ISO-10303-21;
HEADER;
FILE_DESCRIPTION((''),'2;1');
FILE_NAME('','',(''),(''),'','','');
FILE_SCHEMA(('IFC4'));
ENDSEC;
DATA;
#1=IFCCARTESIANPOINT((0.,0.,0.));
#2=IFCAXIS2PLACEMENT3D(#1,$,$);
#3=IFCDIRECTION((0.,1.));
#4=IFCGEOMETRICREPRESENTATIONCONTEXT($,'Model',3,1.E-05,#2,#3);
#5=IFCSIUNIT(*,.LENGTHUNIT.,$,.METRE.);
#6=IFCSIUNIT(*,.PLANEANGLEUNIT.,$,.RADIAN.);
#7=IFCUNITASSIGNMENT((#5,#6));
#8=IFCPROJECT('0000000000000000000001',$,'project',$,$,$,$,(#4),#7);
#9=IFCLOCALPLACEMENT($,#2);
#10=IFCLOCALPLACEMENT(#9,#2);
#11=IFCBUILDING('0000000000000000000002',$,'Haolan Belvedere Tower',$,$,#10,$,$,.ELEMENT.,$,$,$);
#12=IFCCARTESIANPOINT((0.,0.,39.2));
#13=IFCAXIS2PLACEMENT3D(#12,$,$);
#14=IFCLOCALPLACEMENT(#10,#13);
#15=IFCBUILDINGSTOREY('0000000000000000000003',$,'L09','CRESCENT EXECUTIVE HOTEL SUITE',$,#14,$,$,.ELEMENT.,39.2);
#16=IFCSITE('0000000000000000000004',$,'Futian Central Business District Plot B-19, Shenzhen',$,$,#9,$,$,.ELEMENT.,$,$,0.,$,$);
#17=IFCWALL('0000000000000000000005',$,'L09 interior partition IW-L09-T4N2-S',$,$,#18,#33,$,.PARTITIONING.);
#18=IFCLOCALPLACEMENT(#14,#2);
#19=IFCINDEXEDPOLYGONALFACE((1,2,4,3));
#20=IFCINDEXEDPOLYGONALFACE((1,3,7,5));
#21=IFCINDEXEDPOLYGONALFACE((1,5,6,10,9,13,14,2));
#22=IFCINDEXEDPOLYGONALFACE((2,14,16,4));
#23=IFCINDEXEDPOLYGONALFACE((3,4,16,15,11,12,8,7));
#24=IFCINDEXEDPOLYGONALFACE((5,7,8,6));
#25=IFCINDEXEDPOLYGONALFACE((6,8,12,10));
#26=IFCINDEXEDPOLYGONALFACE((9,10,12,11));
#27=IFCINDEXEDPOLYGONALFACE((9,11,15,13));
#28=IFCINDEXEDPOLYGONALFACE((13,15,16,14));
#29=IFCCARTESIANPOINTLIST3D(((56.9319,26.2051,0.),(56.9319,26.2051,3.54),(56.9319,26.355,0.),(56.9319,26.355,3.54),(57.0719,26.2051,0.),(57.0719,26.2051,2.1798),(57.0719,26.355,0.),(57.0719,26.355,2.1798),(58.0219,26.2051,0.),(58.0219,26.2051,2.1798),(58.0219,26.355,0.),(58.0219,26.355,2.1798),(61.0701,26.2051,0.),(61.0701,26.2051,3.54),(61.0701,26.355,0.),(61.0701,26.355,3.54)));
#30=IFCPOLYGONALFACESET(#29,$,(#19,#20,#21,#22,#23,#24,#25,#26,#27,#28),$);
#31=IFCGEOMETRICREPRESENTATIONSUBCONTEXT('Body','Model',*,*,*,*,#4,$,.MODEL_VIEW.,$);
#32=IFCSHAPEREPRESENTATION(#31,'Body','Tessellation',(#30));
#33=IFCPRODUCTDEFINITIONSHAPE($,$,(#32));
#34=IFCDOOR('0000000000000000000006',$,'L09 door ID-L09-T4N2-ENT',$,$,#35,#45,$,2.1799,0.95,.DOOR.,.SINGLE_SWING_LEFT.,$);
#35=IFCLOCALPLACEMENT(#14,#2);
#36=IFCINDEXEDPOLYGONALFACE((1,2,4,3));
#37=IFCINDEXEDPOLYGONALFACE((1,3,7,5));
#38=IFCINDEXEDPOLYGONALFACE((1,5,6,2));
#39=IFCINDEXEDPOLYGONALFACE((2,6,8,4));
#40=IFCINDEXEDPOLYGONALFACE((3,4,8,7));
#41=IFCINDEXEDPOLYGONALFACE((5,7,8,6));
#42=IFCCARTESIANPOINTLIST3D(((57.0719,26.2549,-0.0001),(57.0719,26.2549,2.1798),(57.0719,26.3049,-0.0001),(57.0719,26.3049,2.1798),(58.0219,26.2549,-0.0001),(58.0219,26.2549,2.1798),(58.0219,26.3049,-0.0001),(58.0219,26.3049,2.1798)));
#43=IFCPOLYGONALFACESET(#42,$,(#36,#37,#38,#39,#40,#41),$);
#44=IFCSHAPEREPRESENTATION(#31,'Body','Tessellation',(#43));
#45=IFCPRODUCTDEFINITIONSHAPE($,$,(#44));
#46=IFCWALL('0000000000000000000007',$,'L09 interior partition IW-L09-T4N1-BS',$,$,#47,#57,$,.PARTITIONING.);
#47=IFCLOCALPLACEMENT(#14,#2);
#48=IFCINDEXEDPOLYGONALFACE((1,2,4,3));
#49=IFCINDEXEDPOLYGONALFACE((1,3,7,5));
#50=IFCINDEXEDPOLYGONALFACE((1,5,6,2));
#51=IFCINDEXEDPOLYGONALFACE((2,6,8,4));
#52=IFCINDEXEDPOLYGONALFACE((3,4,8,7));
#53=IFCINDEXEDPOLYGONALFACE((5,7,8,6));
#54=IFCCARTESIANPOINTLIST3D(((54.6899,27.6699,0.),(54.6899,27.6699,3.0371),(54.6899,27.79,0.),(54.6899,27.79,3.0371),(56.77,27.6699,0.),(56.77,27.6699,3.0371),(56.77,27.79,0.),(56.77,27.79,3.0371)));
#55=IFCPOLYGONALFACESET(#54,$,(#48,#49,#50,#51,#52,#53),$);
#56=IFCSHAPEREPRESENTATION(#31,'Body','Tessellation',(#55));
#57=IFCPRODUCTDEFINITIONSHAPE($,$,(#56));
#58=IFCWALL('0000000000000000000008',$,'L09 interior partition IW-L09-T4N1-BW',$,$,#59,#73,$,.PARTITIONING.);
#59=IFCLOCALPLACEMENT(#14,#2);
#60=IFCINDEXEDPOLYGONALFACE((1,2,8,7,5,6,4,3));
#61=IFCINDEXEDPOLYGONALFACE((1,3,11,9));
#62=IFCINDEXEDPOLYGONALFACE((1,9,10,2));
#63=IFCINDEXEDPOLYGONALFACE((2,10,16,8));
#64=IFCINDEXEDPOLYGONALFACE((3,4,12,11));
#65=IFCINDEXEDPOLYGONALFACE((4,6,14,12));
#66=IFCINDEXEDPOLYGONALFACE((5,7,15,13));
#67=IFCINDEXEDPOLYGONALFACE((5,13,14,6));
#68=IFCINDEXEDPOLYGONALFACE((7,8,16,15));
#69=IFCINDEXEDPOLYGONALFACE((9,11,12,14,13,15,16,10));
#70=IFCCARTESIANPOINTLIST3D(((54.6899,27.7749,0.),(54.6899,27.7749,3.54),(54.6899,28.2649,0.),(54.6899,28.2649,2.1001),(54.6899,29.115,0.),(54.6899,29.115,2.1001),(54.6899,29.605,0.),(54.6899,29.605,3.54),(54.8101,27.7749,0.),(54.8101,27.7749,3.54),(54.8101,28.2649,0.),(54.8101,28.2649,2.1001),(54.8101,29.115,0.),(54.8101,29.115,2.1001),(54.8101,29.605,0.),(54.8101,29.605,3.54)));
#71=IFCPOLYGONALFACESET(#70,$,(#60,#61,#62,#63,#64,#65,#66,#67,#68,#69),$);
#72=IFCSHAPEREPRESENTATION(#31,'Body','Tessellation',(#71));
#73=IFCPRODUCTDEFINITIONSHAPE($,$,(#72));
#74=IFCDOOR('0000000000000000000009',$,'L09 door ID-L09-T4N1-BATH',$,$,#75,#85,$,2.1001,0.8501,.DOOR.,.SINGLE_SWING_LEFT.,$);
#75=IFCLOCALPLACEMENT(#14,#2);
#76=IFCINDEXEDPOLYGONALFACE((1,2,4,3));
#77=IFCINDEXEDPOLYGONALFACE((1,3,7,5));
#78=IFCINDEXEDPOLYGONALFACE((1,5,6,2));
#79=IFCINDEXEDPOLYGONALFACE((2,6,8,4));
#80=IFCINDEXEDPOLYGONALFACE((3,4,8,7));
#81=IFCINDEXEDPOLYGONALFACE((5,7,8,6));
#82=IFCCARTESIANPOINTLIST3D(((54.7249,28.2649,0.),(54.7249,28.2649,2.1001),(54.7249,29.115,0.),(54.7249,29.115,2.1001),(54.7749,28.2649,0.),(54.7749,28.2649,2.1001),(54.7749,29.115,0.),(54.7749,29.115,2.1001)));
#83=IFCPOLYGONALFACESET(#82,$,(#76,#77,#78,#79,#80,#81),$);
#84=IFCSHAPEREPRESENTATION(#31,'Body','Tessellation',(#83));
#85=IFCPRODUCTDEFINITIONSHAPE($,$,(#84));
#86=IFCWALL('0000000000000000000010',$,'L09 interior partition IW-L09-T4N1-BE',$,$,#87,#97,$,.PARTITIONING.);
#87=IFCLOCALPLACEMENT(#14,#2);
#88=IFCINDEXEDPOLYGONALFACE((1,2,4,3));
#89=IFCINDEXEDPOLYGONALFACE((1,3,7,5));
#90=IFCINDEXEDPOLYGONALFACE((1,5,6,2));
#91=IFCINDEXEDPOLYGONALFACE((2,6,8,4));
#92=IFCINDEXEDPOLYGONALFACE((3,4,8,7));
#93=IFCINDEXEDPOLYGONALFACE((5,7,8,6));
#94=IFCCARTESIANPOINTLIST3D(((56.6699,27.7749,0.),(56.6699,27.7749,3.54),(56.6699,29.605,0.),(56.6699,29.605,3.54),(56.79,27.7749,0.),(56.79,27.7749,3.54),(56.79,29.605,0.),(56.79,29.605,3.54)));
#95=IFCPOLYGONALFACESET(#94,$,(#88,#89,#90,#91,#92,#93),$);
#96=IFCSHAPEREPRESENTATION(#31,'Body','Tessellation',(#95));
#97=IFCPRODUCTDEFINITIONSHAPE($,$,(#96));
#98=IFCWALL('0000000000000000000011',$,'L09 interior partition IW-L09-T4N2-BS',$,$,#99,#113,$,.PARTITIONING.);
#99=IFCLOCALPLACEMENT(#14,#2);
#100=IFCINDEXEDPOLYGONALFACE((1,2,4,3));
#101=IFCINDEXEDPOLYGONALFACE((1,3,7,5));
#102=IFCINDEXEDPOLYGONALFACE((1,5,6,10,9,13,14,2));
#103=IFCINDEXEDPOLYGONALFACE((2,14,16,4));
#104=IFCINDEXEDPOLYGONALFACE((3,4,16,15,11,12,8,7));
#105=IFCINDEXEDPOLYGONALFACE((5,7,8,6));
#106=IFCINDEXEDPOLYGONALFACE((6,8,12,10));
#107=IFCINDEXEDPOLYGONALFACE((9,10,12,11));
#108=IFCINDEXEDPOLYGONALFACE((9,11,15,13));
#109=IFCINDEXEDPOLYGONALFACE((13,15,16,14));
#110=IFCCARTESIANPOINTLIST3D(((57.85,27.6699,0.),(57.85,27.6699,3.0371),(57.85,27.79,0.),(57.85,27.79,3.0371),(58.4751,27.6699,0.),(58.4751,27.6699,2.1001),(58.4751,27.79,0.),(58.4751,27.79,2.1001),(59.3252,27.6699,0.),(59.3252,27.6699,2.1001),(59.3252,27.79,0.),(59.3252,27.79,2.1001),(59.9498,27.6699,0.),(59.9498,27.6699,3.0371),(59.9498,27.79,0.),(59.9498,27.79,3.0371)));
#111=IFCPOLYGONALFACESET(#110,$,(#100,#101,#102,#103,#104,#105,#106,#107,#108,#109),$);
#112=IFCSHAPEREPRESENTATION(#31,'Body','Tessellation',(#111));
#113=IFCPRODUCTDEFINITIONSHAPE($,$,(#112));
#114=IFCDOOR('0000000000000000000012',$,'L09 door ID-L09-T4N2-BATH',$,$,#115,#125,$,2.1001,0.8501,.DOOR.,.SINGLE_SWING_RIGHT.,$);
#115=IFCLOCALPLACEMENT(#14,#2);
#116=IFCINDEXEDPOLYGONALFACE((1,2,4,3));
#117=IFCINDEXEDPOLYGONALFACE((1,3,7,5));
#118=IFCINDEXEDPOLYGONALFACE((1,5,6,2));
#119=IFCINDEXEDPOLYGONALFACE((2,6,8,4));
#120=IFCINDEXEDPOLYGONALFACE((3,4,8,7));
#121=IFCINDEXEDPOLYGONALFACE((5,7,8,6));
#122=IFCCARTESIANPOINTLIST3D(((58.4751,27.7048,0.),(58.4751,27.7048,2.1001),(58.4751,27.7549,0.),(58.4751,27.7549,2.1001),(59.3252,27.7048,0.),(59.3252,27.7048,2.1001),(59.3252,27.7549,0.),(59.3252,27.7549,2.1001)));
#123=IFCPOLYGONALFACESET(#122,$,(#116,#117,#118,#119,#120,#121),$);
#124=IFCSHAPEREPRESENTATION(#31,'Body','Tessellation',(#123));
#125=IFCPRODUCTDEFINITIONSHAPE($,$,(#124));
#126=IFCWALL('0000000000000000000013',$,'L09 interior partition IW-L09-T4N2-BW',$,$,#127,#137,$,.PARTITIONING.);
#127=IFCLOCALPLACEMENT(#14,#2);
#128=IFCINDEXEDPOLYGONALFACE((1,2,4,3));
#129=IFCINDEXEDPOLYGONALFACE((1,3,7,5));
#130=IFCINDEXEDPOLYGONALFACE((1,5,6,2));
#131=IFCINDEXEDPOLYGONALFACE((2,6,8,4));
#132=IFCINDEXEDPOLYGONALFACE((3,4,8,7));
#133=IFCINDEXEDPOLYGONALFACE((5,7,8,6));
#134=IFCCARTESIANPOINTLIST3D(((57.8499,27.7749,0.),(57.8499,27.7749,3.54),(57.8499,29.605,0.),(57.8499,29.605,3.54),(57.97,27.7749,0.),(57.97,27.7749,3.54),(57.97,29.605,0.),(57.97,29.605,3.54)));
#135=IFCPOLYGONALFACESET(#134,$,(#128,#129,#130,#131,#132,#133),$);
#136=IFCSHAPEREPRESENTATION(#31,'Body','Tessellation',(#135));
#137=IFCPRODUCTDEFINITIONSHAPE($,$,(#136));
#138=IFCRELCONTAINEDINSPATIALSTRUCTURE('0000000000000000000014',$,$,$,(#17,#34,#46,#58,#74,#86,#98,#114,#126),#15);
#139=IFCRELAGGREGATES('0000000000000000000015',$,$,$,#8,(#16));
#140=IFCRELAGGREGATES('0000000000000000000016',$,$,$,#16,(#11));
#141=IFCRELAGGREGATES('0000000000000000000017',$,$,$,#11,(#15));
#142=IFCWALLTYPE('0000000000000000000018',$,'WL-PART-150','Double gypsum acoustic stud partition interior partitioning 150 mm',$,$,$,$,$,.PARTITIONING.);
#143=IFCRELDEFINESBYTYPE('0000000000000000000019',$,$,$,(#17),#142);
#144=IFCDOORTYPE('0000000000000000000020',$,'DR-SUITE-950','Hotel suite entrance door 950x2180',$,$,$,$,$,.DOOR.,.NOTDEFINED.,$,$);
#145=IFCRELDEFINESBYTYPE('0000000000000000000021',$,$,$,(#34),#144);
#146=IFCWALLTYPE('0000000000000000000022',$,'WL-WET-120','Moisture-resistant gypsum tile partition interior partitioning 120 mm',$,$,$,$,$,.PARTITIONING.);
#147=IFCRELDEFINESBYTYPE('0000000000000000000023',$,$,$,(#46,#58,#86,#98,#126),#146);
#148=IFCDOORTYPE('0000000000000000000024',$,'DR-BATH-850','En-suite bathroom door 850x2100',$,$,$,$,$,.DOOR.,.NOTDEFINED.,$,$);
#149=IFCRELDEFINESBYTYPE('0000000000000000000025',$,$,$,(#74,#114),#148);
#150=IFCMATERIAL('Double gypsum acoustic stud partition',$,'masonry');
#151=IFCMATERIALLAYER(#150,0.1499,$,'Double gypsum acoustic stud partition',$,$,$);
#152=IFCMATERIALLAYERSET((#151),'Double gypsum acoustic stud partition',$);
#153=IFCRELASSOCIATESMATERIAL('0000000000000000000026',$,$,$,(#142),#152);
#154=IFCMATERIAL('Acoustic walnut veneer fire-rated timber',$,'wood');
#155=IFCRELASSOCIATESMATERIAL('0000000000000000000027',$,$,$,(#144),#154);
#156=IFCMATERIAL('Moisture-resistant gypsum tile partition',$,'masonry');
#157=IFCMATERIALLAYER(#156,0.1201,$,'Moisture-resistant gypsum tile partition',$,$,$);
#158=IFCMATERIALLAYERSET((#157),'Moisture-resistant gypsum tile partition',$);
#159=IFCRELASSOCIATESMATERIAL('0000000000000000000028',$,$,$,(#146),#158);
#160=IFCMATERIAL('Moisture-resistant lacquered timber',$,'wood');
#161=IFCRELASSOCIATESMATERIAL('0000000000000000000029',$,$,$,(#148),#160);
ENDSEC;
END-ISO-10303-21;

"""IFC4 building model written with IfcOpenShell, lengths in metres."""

from ifc_helpers import new_model, si_unit, direction, frame, frame_2d, origin, place, context, subcontext, project, spatial, rectangle, extrude, material, layer, layer_set, type_object, element, fill, save


model = new_model("IFC4")

# Units and contexts
model_context = context("Model", 3, precision=1e-05, world=origin(), true_north=direction((0.0, 1.0)))
body_context = subcontext(model_context, "Body", "Model", "MODEL_VIEW")
ifc_project = project(units=[si_unit("LENGTHUNIT", "METRE"), si_unit("PLANEANGLEUNIT", "RADIAN")], contexts=[model_context])

# Site, building, storey
site_placement = place(None, origin())
site = spatial("IfcSite", under=ifc_project, at=site_placement, Name="Futian Central Business District Plot B-19, Shenzhen", CompositionType="ELEMENT", RefElevation=0.0)
building_placement = place(site_placement, origin())
building = spatial("IfcBuilding", under=site, at=building_placement, Name="Haolan Belvedere Tower", CompositionType="ELEMENT")
storey_placement = place(building_placement, frame((0.0, 0.0, 39.2)))
storey = spatial("IfcBuildingStorey", under=building, at=storey_placement, Name="L09", Description="CRESCENT EXECUTIVE HOTEL SUITE", CompositionType="ELEMENT", Elevation=39.2)

# Shared definitions
ifc_material_1 = material(Name="Double gypsum acoustic stud partition", Category="masonry")
ifc_layer_1 = layer(ifc_material_1, 0.1499, Name="Double gypsum acoustic stud partition")
ifc_layer_set_1 = layer_set([ifc_layer_1], Name="Double gypsum acoustic stud partition")
wall_type_1 = type_object("IfcWallType", Name="WL-PART-150", Description="Double gypsum acoustic stud partition interior partitioning 150 mm", PredefinedType="PARTITIONING", material=ifc_layer_set_1)

# Wall, opening, door
wall_1_placement = place(storey_placement, frame((56.9319, 26.28, 0.0), z_axis=(0.0, 0.0, 1.0), x_axis=(1.0, 0.0, 0.0)))
wall_1 = element("IfcWall", 1, at=wall_1_placement, inside=storey, type_object=wall_type_1, Name="L09 interior partition IW-L09-T4N2-S", PredefinedType="PARTITIONING", context=body_context, shape_type="SweptSolid", body=[
    extrude(rectangle(XDim=4.1382, YDim=0.1499, at=frame_2d((2.0691, 0.0))), origin(), (0.0, 0.0, 1.0), 3.54),
])
opening_1_placement = place(wall_1_placement, frame((0.1399, 0.0, 0.0)))
opening_1 = element("IfcOpeningElement", 2, at=opening_1_placement, cuts=wall_1, PredefinedType="OPENING", context=body_context, shape_type="SweptSolid", body=[
    extrude(rectangle(XDim=0.95, YDim=2.1799, at=frame_2d((0.4751, 1.0898))), frame((0.0, 0.085, 0.0), z_axis=(0.0, -1.0, 0.0), x_axis=(1.0, 0.0, 0.0)), (0.0, 0.0, 1.0), 0.1699),
])
ifc_material_2 = material(Name="Acoustic walnut veneer fire-rated timber", Category="wood")
door_type_1 = type_object("IfcDoorType", Name="DR-SUITE-950", Description="Hotel suite entrance door 950x2180", OperationType="NOTDEFINED", PredefinedType="DOOR", material=ifc_material_2)
door_1_placement = place(opening_1_placement, origin())
door_1 = element("IfcDoor", 3, at=door_1_placement, inside=storey, type_object=door_type_1, Name="L09 door ID-L09-T4N2-ENT", OperationType="SINGLE_SWING_LEFT", OverallHeight=2.1799, OverallWidth=0.95, PredefinedType="DOOR", context=body_context, shape_type="SweptSolid", body=[
    extrude(rectangle(XDim=0.95, YDim=2.1799, at=frame_2d((0.4751, 1.0898))), frame((0.0, 0.0249, 0.0), z_axis=(0.0, -1.0, 0.0), x_axis=(1.0, 0.0, 0.0)), (0.0, 0.0, 1.0), 0.05),
])
fill(opening_1, door_1)

# Wall
ifc_material_3 = material(Name="Moisture-resistant gypsum tile partition", Category="masonry")
ifc_layer_2 = layer(ifc_material_3, 0.1201, Name="Moisture-resistant gypsum tile partition")
ifc_layer_set_2 = layer_set([ifc_layer_2], Name="Moisture-resistant gypsum tile partition")
wall_type_2 = type_object("IfcWallType", Name="WL-WET-120", Description="Moisture-resistant gypsum tile partition interior partitioning 120 mm", PredefinedType="PARTITIONING", material=ifc_layer_set_2)
wall_2_placement = place(storey_placement, frame((54.6899, 27.73, 0.0), z_axis=(0.0, 0.0, 1.0), x_axis=(1.0, 0.0, 0.0)))
element("IfcWall", 4, at=wall_2_placement, inside=storey, type_object=wall_type_2, Name="L09 interior partition IW-L09-T4N1-BS", PredefinedType="PARTITIONING", context=body_context, shape_type="SweptSolid", body=[
    extrude(rectangle(XDim=2.0801, YDim=0.1201, at=frame_2d((1.04, 0.0))), origin(), (0.0, 0.0, 1.0), 3.0371),
])

# Wall, opening, door
wall_3_placement = place(storey_placement, frame((54.75, 27.7749, 0.0), z_axis=(0.0, 0.0, 1.0), x_axis=(0.0, 1.0, 0.0)))
wall_3 = element("IfcWall", 5, at=wall_3_placement, inside=storey, type_object=wall_type_2, Name="L09 interior partition IW-L09-T4N1-BW", PredefinedType="PARTITIONING", context=body_context, shape_type="SweptSolid", body=[
    extrude(rectangle(XDim=1.8301, YDim=0.1201, at=frame_2d((0.915, 0.0))), origin(), (0.0, 0.0, 1.0), 3.54),
])
opening_2_placement = place(wall_3_placement, frame((1.3401, 0.0, 0.0), z_axis=(0.0, 0.0, 1.0), x_axis=(-1.0, 0.0, 0.0)))
opening_2 = element("IfcOpeningElement", 6, at=opening_2_placement, cuts=wall_3, PredefinedType="OPENING", context=body_context, shape_type="SweptSolid", body=[
    extrude(rectangle(XDim=0.8501, YDim=2.1001, at=frame_2d((0.425, 1.05))), frame((0.0, 0.0701, 0.0), z_axis=(0.0, -1.0, 0.0), x_axis=(1.0, 0.0, 0.0)), (0.0, 0.0, 1.0), 0.1401),
])
ifc_material_4 = material(Name="Moisture-resistant lacquered timber", Category="wood")
door_type_2 = type_object("IfcDoorType", Name="DR-BATH-850", Description="En-suite bathroom door 850x2100", OperationType="NOTDEFINED", PredefinedType="DOOR", material=ifc_material_4)
door_2_placement = place(opening_2_placement, origin())
door_2 = element("IfcDoor", 7, at=door_2_placement, inside=storey, type_object=door_type_2, Name="L09 door ID-L09-T4N1-BATH", OperationType="SINGLE_SWING_LEFT", OverallHeight=2.1001, OverallWidth=0.8501, PredefinedType="DOOR", context=body_context, shape_type="SweptSolid", body=[
    extrude(rectangle(XDim=0.8501, YDim=2.1001, at=frame_2d((0.425, 1.05))), frame((0.0, 0.0249, 0.0), z_axis=(0.0, -1.0, 0.0), x_axis=(1.0, 0.0, 0.0)), (0.0, 0.0, 1.0), 0.05),
])
fill(opening_2, door_2)

# Wall
wall_4_placement = place(storey_placement, frame((56.73, 27.7749, 0.0), z_axis=(0.0, 0.0, 1.0), x_axis=(0.0, 1.0, 0.0)))
element("IfcWall", 8, at=wall_4_placement, inside=storey, type_object=wall_type_2, Name="L09 interior partition IW-L09-T4N1-BE", PredefinedType="PARTITIONING", context=body_context, shape_type="SweptSolid", body=[
    extrude(rectangle(XDim=1.8301, YDim=0.1201, at=frame_2d((0.915, 0.0))), origin(), (0.0, 0.0, 1.0), 3.54),
])

# Wall, opening, door
wall_5_placement = place(storey_placement, frame((57.8501, 27.73, 0.0), z_axis=(0.0, 0.0, 1.0), x_axis=(1.0, 0.0, 0.0)))
wall_5 = element("IfcWall", 9, at=wall_5_placement, inside=storey, type_object=wall_type_2, Name="L09 interior partition IW-L09-T4N2-BS", PredefinedType="PARTITIONING", context=body_context, shape_type="SweptSolid", body=[
    extrude(rectangle(XDim=2.0999, YDim=0.1201, at=frame_2d((1.0498, 0.0))), origin(), (0.0, 0.0, 1.0), 3.0371),
])
opening_3_placement = place(wall_5_placement, frame((0.625, 0.0, 0.0)))
opening_3 = element("IfcOpeningElement", 10, at=opening_3_placement, cuts=wall_5, PredefinedType="OPENING", context=body_context, shape_type="SweptSolid", body=[
    extrude(rectangle(XDim=0.8501, YDim=2.1001, at=frame_2d((0.425, 1.05))), frame((0.0, 0.0701, 0.0), z_axis=(0.0, -1.0, 0.0), x_axis=(1.0, 0.0, 0.0)), (0.0, 0.0, 1.0), 0.1401),
])
door_3_placement = place(opening_3_placement, origin())
door_3 = element("IfcDoor", 11, at=door_3_placement, inside=storey, type_object=door_type_2, Name="L09 door ID-L09-T4N2-BATH", OperationType="SINGLE_SWING_RIGHT", OverallHeight=2.1001, OverallWidth=0.8501, PredefinedType="DOOR", context=body_context, shape_type="SweptSolid", body=[
    extrude(rectangle(XDim=0.8501, YDim=2.1001, at=frame_2d((0.425, 1.05))), frame((0.0, 0.0249, 0.0), z_axis=(0.0, -1.0, 0.0), x_axis=(1.0, 0.0, 0.0)), (0.0, 0.0, 1.0), 0.05),
])
fill(opening_3, door_3)

# Wall
wall_6_placement = place(storey_placement, frame((57.9099, 27.7749, 0.0), z_axis=(0.0, 0.0, 1.0), x_axis=(0.0, 1.0, 0.0)))
element("IfcWall", 12, at=wall_6_placement, inside=storey, type_object=wall_type_2, Name="L09 interior partition IW-L09-T4N2-BW", PredefinedType="PARTITIONING", context=body_context, shape_type="SweptSolid", body=[
    extrude(rectangle(XDim=1.8301, YDim=0.1201, at=frame_2d((0.915, 0.0))), origin(), (0.0, 0.0, 1.0), 3.54),
])

save(model, "model.ifc")
